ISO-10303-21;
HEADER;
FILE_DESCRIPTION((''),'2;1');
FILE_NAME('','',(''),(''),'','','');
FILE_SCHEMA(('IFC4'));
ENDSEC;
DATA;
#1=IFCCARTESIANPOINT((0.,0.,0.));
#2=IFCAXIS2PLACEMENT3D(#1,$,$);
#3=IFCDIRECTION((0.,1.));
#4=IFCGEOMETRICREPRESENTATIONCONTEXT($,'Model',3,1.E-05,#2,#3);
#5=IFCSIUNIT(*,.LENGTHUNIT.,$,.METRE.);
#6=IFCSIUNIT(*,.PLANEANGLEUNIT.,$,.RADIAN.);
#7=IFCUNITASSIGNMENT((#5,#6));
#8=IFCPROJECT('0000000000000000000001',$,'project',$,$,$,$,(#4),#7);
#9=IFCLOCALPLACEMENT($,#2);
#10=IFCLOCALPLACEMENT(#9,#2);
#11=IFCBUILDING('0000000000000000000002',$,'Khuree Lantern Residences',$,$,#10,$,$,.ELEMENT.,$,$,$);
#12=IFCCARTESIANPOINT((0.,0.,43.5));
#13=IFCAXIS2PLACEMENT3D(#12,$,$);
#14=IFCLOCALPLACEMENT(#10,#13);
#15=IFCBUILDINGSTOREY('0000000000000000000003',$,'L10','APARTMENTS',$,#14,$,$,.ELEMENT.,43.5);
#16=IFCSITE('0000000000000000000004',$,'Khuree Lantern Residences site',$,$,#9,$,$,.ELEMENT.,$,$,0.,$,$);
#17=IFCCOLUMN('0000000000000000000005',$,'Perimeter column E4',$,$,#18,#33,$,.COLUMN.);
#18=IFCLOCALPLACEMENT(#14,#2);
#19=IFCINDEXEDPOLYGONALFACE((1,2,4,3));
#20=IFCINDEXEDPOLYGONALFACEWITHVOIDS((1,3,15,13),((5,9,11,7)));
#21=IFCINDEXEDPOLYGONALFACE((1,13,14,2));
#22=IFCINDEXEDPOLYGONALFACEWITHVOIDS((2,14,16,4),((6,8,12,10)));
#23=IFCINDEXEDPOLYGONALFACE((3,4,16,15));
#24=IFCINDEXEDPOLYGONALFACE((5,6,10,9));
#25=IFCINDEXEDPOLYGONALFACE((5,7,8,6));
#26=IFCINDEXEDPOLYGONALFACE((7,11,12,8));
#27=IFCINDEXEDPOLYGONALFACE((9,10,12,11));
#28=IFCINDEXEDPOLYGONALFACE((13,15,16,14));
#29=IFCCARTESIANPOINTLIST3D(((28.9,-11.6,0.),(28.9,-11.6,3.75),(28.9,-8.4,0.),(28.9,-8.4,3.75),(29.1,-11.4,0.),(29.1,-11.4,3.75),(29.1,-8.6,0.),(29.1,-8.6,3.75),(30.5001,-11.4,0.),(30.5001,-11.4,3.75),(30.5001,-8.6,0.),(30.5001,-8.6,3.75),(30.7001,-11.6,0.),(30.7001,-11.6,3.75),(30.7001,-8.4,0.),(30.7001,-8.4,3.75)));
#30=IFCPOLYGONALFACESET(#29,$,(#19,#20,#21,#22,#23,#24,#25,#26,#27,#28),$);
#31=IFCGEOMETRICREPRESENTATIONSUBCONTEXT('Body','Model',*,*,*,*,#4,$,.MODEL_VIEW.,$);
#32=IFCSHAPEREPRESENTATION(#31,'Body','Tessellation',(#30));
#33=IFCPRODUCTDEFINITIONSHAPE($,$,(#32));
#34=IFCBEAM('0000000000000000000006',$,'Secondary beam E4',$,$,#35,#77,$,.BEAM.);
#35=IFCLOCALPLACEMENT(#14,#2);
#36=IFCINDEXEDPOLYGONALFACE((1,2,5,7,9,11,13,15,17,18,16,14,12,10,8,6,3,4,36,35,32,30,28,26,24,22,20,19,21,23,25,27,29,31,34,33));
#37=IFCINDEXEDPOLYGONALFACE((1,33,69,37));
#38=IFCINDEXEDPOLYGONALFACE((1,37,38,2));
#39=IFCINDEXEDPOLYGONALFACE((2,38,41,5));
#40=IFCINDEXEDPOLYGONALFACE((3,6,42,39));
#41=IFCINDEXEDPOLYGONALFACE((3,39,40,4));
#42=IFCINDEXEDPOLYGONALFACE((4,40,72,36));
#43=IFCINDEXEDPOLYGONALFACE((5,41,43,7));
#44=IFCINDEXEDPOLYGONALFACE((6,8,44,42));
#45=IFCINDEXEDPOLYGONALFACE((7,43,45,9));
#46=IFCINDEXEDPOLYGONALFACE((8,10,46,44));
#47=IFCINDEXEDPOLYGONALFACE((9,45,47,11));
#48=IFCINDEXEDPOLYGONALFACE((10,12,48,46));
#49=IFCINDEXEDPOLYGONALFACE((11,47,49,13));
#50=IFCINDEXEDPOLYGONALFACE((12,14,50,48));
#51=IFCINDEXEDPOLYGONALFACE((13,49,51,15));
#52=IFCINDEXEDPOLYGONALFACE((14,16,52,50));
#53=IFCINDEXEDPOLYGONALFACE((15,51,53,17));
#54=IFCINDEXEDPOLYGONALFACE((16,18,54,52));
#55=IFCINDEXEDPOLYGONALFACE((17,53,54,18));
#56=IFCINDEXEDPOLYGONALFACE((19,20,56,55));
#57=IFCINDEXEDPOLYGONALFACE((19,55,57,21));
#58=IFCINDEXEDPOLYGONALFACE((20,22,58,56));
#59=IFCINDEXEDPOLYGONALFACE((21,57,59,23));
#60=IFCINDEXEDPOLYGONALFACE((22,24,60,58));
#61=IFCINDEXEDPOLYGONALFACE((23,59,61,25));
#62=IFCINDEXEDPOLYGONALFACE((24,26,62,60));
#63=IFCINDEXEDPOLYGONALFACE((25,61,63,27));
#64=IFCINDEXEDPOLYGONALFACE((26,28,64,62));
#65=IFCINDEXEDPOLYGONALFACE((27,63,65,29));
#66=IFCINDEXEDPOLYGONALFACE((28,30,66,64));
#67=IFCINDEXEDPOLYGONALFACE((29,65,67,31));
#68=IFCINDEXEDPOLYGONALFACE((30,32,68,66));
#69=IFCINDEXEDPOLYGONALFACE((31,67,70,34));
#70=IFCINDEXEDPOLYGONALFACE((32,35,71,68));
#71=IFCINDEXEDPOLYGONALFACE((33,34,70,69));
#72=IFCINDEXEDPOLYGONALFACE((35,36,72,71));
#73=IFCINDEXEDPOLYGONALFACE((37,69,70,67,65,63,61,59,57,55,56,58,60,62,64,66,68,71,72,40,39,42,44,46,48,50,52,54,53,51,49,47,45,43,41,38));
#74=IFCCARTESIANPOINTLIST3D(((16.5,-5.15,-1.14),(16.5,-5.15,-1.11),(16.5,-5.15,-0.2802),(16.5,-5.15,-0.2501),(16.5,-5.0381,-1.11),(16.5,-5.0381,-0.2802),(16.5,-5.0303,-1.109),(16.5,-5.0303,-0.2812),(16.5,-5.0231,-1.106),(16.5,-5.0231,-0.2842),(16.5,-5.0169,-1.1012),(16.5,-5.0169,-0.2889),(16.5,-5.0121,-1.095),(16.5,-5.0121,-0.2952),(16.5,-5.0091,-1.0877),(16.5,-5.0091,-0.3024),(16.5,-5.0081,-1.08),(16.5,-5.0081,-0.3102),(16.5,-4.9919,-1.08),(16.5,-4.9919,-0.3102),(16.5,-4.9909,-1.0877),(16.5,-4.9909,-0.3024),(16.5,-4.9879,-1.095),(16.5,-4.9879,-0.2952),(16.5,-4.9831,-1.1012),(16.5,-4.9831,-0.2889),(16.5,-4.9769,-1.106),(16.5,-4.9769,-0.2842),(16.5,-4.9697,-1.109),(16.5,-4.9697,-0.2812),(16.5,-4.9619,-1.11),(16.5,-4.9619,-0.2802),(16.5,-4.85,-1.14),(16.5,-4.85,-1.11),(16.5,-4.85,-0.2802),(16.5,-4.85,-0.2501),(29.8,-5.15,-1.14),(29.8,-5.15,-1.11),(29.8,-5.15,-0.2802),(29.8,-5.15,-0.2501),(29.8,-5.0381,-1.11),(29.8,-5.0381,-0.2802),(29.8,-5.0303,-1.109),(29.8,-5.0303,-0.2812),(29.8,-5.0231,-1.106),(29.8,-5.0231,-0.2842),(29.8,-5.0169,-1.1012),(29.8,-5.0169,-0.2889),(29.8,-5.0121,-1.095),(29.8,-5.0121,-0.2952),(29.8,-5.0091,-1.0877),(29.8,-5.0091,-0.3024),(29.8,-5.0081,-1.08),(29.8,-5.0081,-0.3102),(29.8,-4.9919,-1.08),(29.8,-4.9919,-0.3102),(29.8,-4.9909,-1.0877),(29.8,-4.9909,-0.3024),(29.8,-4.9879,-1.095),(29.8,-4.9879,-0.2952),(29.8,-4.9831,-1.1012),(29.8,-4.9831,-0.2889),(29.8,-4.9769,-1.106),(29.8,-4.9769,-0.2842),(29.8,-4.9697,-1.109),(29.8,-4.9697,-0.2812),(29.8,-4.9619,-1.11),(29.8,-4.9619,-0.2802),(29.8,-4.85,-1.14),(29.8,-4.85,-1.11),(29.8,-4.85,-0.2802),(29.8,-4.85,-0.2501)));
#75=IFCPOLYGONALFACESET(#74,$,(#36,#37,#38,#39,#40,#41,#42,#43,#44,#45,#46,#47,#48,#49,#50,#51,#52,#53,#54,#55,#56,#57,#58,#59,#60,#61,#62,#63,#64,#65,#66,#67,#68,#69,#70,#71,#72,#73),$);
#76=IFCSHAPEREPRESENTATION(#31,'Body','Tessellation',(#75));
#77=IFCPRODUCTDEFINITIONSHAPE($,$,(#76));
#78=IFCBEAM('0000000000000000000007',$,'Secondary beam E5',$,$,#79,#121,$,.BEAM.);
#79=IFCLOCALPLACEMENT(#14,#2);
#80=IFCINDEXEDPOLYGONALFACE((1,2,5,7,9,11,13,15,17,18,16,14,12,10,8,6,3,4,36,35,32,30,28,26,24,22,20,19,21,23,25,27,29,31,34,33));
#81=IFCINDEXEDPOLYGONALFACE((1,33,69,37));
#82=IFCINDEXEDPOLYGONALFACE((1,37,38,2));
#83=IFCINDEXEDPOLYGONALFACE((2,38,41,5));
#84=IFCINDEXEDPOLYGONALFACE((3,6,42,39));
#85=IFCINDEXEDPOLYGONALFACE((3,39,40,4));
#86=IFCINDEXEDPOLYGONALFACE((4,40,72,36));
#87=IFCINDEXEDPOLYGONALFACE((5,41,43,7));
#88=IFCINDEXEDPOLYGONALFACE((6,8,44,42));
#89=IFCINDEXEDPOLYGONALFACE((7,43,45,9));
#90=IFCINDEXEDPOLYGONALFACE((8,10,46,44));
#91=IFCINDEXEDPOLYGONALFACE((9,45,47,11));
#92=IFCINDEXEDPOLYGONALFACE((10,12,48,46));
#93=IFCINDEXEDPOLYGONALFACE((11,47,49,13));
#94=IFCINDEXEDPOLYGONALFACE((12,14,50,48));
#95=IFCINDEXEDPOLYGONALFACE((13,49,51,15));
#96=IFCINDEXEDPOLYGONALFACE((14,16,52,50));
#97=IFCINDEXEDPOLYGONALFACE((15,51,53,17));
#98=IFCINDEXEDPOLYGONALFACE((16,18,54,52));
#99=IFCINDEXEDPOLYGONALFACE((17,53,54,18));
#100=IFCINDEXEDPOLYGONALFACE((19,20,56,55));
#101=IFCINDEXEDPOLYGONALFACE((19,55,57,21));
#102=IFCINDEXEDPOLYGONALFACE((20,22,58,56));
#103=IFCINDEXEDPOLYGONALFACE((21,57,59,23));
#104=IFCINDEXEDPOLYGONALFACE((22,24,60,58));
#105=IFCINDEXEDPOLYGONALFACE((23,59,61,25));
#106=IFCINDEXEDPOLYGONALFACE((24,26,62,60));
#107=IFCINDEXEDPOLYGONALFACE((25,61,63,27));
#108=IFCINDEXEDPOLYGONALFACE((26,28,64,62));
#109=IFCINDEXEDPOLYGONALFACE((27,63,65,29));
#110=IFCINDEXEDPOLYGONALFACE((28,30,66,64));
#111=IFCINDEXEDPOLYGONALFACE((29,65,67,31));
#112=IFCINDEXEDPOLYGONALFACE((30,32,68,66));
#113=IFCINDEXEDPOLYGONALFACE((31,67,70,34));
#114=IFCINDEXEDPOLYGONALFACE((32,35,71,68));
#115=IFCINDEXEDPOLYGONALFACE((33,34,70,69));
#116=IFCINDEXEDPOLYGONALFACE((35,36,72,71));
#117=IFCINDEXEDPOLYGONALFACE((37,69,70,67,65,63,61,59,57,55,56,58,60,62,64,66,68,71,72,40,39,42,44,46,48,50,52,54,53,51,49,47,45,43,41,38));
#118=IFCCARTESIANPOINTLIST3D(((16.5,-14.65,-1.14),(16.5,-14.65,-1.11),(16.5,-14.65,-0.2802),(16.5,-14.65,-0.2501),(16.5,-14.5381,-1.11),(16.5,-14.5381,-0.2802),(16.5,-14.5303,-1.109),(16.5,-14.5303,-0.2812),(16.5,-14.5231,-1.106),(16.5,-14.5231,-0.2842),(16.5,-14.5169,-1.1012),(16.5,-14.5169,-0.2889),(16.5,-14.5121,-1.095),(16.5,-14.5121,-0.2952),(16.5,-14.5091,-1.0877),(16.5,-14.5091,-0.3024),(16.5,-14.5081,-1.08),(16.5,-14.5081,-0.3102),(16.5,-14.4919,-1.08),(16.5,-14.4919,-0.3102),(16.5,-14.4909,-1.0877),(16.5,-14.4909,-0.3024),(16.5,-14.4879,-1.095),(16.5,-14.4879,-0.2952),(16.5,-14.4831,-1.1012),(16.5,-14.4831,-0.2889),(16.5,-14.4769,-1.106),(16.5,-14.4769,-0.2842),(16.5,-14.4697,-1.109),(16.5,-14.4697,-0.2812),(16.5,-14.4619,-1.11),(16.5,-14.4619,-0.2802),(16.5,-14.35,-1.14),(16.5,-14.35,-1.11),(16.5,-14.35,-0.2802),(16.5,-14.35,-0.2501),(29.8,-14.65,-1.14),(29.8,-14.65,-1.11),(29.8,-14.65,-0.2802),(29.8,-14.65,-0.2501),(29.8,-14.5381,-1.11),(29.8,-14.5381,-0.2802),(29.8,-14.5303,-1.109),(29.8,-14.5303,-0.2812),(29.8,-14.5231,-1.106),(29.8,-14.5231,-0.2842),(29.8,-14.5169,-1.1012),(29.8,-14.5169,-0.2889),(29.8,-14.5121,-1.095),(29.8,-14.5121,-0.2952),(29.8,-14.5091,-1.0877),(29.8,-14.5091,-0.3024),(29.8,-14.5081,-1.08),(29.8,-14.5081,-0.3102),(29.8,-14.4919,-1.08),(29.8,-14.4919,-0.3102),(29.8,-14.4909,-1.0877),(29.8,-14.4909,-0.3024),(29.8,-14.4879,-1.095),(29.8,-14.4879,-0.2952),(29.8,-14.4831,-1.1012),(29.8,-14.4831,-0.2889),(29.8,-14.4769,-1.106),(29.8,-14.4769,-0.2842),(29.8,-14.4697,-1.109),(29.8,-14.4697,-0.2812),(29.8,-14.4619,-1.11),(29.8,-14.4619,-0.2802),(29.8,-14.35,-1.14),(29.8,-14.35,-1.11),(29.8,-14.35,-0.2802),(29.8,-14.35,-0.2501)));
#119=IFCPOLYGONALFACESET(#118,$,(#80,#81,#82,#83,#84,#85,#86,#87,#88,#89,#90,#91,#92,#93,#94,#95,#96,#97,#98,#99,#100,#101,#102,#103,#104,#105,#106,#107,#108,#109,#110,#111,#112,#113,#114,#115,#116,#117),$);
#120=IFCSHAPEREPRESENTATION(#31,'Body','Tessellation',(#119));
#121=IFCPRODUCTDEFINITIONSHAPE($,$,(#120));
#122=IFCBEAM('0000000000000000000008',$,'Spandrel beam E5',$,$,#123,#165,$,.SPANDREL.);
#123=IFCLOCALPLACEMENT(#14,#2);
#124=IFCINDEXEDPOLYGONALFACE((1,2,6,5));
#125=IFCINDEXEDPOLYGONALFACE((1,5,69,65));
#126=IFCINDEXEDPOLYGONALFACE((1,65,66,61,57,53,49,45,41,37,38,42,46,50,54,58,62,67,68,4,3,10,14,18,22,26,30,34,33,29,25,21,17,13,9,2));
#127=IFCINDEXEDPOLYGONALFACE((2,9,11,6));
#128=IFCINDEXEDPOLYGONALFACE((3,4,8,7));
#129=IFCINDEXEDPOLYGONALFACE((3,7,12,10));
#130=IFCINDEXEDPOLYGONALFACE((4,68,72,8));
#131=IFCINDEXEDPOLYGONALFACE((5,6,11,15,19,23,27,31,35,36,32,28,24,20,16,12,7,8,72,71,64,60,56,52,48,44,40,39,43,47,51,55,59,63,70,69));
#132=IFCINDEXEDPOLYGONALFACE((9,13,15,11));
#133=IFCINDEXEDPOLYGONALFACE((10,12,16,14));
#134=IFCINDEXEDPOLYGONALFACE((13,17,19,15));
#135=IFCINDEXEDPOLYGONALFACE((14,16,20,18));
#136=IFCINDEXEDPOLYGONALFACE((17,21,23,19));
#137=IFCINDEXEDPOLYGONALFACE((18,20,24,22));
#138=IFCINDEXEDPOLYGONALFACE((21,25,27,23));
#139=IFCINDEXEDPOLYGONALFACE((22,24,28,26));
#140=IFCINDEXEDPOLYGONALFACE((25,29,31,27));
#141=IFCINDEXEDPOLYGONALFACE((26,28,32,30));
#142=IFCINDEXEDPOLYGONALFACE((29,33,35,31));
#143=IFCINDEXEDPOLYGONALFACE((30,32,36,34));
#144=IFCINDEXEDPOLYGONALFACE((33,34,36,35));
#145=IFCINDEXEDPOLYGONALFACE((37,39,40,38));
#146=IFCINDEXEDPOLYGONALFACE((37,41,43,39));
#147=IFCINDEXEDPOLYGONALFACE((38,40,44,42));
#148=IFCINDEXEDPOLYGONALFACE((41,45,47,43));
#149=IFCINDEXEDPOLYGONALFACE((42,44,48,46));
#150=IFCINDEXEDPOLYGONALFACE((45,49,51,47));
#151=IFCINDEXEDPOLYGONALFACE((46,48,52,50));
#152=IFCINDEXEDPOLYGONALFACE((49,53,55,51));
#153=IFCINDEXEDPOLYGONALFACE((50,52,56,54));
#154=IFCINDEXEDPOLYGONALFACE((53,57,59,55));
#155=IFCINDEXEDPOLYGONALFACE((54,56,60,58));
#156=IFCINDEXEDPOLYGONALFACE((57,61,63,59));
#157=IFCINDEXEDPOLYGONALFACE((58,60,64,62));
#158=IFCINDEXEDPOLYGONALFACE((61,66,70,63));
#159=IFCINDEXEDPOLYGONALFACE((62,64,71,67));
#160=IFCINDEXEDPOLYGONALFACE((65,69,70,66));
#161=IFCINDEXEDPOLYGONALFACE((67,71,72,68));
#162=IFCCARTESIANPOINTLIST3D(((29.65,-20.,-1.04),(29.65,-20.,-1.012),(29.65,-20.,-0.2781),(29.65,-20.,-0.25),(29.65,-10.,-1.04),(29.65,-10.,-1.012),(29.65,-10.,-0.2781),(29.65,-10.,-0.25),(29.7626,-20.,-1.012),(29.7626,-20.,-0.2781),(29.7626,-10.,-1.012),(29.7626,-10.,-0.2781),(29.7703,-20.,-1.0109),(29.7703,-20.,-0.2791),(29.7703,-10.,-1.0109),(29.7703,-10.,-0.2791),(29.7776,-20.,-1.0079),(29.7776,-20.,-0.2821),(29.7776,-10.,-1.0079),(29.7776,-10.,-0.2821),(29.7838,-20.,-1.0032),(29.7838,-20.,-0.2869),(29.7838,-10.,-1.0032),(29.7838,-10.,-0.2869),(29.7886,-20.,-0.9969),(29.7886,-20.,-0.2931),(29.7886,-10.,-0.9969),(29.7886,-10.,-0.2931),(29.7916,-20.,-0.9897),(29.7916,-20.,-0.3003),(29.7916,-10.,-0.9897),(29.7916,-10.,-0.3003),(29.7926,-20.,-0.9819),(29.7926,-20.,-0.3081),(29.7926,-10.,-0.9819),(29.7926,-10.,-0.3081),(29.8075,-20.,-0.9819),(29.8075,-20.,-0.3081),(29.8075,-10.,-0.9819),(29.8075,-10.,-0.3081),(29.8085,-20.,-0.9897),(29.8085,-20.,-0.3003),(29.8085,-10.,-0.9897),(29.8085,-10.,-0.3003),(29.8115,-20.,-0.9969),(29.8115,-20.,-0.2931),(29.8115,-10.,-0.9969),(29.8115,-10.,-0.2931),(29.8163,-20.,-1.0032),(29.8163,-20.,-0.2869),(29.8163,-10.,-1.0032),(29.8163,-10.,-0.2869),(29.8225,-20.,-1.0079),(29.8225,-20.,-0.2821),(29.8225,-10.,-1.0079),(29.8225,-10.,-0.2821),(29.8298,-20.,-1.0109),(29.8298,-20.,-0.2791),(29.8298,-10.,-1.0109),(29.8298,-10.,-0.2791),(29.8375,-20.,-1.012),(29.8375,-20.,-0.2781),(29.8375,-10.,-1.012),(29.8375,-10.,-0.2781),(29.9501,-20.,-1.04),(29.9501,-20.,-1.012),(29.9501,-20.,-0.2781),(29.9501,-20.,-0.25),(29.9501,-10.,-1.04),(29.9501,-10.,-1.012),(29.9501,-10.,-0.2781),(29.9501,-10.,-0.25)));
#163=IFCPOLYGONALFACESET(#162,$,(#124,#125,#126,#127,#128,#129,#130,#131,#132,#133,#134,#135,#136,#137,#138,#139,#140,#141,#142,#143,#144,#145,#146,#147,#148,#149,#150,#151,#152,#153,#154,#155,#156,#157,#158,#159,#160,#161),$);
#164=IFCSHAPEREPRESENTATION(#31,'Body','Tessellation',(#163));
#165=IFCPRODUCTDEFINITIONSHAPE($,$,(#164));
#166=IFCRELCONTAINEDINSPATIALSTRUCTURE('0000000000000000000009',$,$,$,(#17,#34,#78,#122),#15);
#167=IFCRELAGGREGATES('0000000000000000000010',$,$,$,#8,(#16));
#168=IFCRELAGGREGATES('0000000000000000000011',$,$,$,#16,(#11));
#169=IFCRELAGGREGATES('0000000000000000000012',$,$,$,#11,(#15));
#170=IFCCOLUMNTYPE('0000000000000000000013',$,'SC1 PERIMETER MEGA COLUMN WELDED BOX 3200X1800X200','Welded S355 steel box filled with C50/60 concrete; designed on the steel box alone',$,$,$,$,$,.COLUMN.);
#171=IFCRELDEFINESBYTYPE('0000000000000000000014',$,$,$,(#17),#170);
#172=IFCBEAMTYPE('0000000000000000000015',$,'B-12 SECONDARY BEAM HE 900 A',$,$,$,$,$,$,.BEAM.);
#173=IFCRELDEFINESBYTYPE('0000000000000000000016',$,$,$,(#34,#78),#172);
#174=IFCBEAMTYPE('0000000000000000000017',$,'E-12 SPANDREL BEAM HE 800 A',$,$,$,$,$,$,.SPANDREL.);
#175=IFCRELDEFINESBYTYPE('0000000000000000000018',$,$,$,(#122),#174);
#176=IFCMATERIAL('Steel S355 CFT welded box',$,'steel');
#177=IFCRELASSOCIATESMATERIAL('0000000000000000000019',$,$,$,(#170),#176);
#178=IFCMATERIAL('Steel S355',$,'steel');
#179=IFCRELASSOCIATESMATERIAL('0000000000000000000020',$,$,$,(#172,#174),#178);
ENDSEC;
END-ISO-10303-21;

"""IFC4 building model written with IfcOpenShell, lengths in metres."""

from ifc_helpers import new_model, si_unit, direction, frame, origin, origin_2d, place, context, subcontext, project, spatial, hollow_rectangle, i_section, extrude, material, material_profile, profile_set, type_object, element, save


model = new_model("IFC4")

# Units and contexts
model_context = context("Model", 3, precision=1e-05, world=origin(), true_north=direction((0.0, 1.0)))
body_context = subcontext(model_context, "Body", "Model", "MODEL_VIEW")
ifc_project = project(units=[si_unit("LENGTHUNIT", "METRE"), si_unit("PLANEANGLEUNIT", "RADIAN")], contexts=[model_context])

# Site, building, storey
site_placement = place(None, origin())
site = spatial("IfcSite", under=ifc_project, at=site_placement, Name="Khuree Lantern Residences site", CompositionType="ELEMENT", RefElevation=0.0)
building_placement = place(site_placement, origin())
building = spatial("IfcBuilding", under=site, at=building_placement, Name="Khuree Lantern Residences", CompositionType="ELEMENT")
storey_placement = place(building_placement, frame((0.0, 0.0, 43.5)))
storey = spatial("IfcBuildingStorey", under=building, at=storey_placement, Name="L10", Description="APARTMENTS", CompositionType="ELEMENT", Elevation=43.5)

# Column
ifc_material_1 = material(Name="Steel S355 CFT welded box", Category="steel")
ifc_material_profile_1 = material_profile(ifc_material_1, hollow_rectangle(XDim=3.2, YDim=1.8, WallThickness=0.2, at=origin_2d()), Name="WELDED BOX 3200X1800X200")
ifc_profile_set_1 = profile_set([ifc_material_profile_1], Name="Steel S355 CFT welded box")
column_type = type_object("IfcColumnType", Name="SC1 PERIMETER MEGA COLUMN WELDED BOX 3200X1800X200", Description="Welded S355 steel box filled with C50/60 concrete; designed on the steel box alone", PredefinedType="COLUMN", material=ifc_profile_set_1)
column_placement = place(storey_placement, frame((29.8, -10.0, 0.0), z_axis=(0.0, 0.0, 1.0), x_axis=(0.0, 1.0, 0.0)))
element("IfcColumn", 1, at=column_placement, inside=storey, type_object=column_type, Name="Perimeter column E4", PredefinedType="COLUMN", context=body_context, shape_type="SweptSolid", body=[
    extrude(hollow_rectangle(XDim=3.2, YDim=1.8, WallThickness=0.2, at=origin_2d()), origin(), (0.0, 0.0, 1.0), 3.75),
])

# Beams
ifc_material_2 = material(Name="Steel S355", Category="steel")
ifc_material_profile_2 = material_profile(ifc_material_2, i_section(OverallWidth=0.3, OverallDepth=0.8899, WebThickness=0.0161, FlangeThickness=0.03, FilletRadius=0.03, at=origin_2d()), Name="HE 900 A")
ifc_profile_set_2 = profile_set([ifc_material_profile_2], Name="Steel S355")
beam_type_1 = type_object("IfcBeamType", Name="B-12 SECONDARY BEAM HE 900 A", PredefinedType="BEAM", material=ifc_profile_set_2)
for number, where, z_axis, x_axis, name in (
    (2, (29.8, -5.0, -0.6951), (-1.0, 0.0, 0.0), (0.0, -1.0, 0.0), "Secondary beam E4"),
    (3, (29.8, -14.5, -0.6951), (-1.0, 0.0, 0.0), (0.0, -1.0, 0.0), "Secondary beam E5"),
):
    element("IfcBeam", number, at=place(storey_placement, frame(where, z_axis=z_axis, x_axis=x_axis)), inside=storey, type_object=beam_type_1, Name=name, PredefinedType="BEAM", context=body_context, shape_type="SweptSolid", body=[
        extrude(i_section(OverallWidth=0.3, OverallDepth=0.8899, WebThickness=0.0161, FlangeThickness=0.03, FilletRadius=0.03, at=origin_2d()), origin(), (0.0, 0.0, 1.0), 13.3),
    ])
ifc_material_profile_3 = material_profile(ifc_material_2, i_section(OverallWidth=0.3, OverallDepth=0.79, WebThickness=0.0149, FlangeThickness=0.0281, FilletRadius=0.03, at=origin_2d()), Name="HE 800 A")
ifc_profile_set_3 = profile_set([ifc_material_profile_3], Name="Steel S355")
beam_type_2 = type_object("IfcBeamType", Name="E-12 SPANDREL BEAM HE 800 A", PredefinedType="SPANDREL", material=ifc_profile_set_3)
beam_1_placement = place(storey_placement, frame((29.8, -10.0, -0.645), z_axis=(0.0, -1.0, 0.0), x_axis=(1.0, 0.0, 0.0)))
element("IfcBeam", 4, at=beam_1_placement, inside=storey, type_object=beam_type_2, Name="Spandrel beam E5", PredefinedType="SPANDREL", context=body_context, shape_type="SweptSolid", body=[
    extrude(i_section(OverallWidth=0.3, OverallDepth=0.79, WebThickness=0.0149, FlangeThickness=0.0281, FilletRadius=0.03, at=origin_2d()), origin(), (0.0, 0.0, 1.0), 10.0),
])

save(model, "model.ifc")
